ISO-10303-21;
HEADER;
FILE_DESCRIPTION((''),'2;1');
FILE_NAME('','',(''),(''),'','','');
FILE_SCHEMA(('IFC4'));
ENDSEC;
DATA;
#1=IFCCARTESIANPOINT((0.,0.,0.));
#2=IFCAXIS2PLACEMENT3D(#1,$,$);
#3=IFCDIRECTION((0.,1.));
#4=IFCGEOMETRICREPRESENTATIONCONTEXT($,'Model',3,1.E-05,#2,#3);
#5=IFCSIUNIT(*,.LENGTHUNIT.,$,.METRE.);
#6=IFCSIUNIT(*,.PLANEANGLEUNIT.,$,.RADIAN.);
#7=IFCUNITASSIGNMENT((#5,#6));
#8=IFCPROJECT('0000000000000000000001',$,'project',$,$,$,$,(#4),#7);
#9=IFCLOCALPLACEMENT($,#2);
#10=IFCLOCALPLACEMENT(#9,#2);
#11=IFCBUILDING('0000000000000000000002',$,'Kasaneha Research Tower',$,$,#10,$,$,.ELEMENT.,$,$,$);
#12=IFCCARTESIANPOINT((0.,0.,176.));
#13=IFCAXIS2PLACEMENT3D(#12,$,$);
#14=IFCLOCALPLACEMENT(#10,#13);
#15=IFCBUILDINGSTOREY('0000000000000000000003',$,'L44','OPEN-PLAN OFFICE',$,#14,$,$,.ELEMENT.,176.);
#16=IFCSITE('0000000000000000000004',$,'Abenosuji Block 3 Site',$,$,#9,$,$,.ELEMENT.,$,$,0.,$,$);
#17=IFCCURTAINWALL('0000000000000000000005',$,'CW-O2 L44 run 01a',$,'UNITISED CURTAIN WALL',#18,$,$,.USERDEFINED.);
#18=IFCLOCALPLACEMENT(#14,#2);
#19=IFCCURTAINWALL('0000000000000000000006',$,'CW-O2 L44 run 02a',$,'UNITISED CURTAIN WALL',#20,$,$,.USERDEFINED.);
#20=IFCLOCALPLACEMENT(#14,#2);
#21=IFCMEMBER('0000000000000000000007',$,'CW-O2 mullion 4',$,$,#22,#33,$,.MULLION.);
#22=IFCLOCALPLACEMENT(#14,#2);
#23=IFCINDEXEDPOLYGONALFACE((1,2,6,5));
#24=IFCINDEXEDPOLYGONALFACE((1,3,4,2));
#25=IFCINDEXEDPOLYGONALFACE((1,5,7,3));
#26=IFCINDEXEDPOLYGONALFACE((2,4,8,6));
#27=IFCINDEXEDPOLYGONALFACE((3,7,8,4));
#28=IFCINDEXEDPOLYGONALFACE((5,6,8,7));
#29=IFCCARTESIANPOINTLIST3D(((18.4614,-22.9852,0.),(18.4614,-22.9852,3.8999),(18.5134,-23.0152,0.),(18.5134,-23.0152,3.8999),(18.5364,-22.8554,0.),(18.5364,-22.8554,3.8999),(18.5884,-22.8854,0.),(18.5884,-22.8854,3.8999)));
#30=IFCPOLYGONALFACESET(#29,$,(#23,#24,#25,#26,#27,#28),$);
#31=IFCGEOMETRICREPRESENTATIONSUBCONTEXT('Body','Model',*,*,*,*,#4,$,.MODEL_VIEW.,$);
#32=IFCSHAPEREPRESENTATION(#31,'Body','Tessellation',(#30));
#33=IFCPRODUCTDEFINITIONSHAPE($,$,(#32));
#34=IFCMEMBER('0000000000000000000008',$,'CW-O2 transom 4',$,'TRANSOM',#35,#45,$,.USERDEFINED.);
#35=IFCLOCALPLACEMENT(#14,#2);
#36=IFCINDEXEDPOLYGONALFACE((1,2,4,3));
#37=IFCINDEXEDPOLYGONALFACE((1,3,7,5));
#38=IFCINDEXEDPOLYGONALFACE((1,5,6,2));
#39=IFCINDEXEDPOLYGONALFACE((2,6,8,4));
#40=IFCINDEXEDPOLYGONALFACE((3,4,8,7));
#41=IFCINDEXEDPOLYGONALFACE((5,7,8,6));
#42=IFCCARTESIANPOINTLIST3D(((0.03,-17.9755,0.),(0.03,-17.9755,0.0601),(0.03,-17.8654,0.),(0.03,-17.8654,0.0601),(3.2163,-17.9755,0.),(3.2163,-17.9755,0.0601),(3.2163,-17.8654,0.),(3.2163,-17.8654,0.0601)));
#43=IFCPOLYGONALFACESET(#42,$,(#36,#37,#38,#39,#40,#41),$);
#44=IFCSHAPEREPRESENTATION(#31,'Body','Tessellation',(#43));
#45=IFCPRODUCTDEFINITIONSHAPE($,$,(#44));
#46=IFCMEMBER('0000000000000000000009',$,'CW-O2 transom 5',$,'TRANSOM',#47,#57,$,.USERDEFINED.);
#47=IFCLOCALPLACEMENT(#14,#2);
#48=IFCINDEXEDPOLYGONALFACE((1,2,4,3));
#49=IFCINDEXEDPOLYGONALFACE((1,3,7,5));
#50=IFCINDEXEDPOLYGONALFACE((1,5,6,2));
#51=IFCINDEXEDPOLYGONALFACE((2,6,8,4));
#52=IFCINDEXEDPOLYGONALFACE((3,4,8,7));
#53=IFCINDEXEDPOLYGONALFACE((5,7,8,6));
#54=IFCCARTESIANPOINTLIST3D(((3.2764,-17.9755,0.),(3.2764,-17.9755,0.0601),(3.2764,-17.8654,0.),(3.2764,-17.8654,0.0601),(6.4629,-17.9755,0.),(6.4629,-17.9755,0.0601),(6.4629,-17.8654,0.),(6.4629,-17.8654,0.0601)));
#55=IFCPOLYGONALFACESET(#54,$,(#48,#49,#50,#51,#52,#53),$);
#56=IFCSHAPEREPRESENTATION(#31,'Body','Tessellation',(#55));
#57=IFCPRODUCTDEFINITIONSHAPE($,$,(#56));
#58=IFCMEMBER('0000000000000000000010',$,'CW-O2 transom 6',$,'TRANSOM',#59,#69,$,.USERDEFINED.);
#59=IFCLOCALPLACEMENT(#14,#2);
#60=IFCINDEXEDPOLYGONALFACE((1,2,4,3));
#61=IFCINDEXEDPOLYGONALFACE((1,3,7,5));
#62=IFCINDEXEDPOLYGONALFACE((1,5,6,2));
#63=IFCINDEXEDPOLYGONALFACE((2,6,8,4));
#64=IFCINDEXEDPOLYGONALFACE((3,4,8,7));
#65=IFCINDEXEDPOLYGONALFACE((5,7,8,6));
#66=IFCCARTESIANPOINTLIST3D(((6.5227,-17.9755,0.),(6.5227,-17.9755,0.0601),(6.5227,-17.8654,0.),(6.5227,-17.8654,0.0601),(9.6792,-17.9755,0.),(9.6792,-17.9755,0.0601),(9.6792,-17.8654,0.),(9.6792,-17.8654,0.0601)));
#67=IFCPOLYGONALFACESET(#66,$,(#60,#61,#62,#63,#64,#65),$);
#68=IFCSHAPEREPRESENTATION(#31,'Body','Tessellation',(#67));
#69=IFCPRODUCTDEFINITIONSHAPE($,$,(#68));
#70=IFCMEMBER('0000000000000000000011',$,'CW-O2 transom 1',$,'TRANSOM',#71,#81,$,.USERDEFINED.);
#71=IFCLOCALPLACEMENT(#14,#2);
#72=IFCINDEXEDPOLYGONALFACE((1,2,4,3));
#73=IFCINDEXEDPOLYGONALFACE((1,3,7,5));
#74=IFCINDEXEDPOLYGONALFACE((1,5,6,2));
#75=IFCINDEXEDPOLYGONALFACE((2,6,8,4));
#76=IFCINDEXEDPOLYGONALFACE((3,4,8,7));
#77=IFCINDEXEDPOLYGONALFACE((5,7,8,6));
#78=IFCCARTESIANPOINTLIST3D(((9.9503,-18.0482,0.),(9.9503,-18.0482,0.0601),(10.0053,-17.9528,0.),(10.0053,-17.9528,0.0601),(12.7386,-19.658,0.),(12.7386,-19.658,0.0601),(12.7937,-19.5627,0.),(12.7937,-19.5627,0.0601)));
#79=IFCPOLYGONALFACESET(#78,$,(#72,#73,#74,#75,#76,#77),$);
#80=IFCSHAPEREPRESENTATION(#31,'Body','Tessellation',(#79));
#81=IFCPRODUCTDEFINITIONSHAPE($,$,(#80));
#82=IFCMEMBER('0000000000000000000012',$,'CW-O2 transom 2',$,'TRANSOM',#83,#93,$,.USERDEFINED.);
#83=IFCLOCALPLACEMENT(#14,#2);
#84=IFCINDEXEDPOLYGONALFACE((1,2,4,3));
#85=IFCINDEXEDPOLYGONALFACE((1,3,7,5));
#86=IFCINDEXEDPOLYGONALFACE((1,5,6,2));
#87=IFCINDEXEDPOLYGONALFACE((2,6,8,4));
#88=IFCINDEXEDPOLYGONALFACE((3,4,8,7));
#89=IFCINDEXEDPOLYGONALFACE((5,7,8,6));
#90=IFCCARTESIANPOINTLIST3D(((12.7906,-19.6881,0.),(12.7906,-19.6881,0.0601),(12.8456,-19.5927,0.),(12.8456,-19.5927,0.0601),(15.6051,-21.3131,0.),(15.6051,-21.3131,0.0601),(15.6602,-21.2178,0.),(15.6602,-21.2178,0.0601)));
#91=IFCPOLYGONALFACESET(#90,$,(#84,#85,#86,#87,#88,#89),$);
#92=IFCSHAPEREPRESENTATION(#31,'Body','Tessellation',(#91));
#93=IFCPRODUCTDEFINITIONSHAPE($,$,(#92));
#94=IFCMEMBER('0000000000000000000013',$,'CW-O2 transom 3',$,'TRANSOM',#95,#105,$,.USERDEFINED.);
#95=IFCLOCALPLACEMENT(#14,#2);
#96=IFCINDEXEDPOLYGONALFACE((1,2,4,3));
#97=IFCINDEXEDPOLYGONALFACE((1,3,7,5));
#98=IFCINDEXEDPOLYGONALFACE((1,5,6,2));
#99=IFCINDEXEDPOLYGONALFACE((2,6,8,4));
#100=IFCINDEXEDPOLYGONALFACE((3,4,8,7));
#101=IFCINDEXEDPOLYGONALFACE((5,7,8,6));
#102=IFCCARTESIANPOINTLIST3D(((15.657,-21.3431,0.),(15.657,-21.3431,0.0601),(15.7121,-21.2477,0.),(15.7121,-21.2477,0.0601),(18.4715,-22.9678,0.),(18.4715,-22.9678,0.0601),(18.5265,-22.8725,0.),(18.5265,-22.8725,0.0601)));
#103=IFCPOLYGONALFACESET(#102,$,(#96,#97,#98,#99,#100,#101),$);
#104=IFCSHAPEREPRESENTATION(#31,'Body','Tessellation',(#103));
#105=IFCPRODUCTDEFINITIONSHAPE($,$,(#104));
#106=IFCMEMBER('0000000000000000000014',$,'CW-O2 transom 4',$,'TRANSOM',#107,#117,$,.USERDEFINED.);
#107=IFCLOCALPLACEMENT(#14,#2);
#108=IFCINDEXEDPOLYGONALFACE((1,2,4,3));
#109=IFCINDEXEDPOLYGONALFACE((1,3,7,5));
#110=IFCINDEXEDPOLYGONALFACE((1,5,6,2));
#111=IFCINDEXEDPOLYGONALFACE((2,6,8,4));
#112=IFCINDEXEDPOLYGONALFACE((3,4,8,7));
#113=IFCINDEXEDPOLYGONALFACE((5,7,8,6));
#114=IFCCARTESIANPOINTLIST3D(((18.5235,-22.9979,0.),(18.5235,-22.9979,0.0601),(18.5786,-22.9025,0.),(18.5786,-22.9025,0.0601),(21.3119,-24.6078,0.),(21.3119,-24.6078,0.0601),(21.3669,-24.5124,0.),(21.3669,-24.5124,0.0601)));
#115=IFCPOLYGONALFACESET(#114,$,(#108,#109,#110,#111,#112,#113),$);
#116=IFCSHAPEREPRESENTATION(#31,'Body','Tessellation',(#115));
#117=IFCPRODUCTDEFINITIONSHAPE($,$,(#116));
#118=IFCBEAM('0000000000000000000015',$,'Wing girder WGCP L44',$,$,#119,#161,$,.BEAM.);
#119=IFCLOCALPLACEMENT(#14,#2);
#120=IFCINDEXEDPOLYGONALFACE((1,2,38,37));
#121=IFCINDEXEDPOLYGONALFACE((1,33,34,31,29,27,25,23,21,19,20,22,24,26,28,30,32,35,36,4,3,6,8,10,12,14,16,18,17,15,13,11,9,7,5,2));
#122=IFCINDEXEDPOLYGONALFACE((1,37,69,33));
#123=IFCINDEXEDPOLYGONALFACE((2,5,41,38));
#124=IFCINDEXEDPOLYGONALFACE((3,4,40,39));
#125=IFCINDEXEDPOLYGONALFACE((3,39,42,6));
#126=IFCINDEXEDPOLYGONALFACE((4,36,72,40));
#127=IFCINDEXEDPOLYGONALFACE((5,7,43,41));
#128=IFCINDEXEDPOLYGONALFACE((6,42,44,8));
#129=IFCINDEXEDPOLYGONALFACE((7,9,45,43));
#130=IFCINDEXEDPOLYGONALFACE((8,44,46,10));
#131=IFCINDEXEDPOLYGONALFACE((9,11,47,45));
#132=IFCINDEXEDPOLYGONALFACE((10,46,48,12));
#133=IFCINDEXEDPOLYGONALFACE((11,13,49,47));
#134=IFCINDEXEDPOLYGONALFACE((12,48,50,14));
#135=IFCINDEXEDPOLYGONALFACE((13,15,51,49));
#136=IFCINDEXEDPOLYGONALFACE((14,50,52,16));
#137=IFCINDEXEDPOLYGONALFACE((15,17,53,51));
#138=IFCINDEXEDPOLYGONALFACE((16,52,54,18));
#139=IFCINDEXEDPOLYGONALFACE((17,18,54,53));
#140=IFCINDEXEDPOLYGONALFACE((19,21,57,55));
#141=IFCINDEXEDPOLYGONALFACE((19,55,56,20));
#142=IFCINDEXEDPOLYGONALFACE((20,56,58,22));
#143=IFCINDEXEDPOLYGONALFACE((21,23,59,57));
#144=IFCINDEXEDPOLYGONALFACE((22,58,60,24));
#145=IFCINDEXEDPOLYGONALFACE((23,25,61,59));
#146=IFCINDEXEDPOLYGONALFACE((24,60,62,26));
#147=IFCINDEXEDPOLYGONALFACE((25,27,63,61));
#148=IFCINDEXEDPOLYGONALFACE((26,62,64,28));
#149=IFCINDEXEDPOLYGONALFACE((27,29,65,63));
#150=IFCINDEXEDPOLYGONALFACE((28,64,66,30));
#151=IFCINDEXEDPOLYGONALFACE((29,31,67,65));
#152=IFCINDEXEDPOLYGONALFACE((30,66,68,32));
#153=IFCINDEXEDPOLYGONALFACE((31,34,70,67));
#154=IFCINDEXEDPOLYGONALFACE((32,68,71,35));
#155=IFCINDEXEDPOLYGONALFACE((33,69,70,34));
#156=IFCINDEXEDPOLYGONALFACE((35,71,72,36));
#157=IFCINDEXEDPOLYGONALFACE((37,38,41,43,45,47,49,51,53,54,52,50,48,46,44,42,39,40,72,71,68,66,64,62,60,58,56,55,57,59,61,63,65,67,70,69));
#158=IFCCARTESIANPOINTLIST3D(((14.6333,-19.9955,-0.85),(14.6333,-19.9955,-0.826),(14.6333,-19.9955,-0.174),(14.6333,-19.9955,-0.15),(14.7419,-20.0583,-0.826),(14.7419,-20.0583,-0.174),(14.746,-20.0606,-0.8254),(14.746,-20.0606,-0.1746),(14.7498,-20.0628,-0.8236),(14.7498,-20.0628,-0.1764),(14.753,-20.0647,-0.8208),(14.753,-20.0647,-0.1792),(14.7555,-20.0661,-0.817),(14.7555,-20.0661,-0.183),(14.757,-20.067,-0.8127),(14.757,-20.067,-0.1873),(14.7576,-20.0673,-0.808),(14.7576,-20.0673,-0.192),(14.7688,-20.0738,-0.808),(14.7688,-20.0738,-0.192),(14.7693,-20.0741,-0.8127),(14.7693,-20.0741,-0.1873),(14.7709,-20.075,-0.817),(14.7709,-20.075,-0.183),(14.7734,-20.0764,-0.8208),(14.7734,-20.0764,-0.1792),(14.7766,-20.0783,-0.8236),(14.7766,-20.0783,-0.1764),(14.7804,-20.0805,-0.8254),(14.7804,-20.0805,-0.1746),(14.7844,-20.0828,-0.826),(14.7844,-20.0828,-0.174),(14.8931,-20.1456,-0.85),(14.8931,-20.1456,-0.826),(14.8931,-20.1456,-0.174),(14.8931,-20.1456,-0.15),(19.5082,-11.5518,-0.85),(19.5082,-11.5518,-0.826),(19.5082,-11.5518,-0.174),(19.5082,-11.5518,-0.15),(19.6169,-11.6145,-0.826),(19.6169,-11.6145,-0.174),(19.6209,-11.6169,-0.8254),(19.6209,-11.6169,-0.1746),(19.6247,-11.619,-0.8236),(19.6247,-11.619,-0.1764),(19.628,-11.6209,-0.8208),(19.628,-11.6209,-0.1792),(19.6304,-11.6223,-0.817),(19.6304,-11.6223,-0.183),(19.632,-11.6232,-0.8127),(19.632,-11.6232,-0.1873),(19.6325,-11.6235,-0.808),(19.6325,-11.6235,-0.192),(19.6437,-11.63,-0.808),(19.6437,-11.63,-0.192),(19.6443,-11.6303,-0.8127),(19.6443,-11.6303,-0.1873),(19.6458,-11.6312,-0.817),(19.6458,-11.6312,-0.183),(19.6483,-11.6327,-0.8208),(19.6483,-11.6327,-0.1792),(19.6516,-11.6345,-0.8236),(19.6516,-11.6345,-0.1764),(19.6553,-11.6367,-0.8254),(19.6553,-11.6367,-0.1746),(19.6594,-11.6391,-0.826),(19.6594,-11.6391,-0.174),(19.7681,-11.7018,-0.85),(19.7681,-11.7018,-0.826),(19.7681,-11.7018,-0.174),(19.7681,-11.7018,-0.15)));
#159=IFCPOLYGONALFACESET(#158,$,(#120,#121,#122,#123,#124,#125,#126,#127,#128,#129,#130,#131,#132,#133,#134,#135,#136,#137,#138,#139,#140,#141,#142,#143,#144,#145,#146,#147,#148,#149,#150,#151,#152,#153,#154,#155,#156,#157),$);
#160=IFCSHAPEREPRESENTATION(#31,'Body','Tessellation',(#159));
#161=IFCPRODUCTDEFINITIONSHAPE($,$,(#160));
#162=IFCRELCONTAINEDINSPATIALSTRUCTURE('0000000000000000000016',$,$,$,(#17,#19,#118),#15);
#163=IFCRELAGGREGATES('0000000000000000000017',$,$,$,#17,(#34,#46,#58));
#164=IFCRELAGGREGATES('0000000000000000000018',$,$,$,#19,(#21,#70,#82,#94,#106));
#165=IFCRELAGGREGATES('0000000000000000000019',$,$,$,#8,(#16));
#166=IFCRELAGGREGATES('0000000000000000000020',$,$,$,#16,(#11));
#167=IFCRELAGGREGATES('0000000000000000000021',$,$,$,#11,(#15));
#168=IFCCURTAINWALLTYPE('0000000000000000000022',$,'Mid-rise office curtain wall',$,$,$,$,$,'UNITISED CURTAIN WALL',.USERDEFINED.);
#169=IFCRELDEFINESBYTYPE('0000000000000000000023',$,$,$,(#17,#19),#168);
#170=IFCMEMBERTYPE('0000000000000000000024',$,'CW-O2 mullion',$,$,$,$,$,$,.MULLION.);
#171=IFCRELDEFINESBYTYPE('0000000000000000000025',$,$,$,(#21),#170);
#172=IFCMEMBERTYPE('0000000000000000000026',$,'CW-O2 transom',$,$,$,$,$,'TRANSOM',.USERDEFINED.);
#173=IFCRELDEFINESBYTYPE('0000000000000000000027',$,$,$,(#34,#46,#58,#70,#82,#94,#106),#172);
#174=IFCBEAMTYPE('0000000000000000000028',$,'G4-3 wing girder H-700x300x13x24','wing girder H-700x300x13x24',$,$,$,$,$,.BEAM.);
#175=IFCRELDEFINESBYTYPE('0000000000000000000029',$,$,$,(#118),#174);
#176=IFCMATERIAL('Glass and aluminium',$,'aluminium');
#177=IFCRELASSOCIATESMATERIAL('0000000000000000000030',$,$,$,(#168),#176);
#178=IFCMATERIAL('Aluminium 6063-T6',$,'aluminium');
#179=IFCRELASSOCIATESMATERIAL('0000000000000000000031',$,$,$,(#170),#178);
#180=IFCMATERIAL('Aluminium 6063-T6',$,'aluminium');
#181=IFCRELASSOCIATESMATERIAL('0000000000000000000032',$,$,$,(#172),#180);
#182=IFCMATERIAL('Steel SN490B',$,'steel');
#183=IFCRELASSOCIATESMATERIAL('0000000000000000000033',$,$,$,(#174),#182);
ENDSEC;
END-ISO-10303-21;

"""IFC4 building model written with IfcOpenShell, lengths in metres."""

from ifc_helpers import new_model, si_unit, direction, frame, origin, origin_2d, place, context, subcontext, project, spatial, rectangle, i_section, extrude, material, material_profile, profile_set, type_object, element, aggregate, save


model = new_model("IFC4")

# Units and contexts
model_context = context("Model", 3, precision=1e-05, world=origin(), true_north=direction((0.0, 1.0)))
body_context = subcontext(model_context, "Body", "Model", "MODEL_VIEW")
ifc_project = project(units=[si_unit("LENGTHUNIT", "METRE"), si_unit("PLANEANGLEUNIT", "RADIAN")], contexts=[model_context])

# Site, building, storey
site_placement = place(None, origin())
site = spatial("IfcSite", under=ifc_project, at=site_placement, Name="Abenosuji Block 3 Site", CompositionType="ELEMENT", RefElevation=0.0)
building_placement = place(site_placement, origin())
building = spatial("IfcBuilding", under=site, at=building_placement, Name="Kasaneha Research Tower", CompositionType="ELEMENT")
storey_placement = place(building_placement, frame((0.0, 0.0, 176.0)))
storey = spatial("IfcBuildingStorey", under=building, at=storey_placement, Name="L44", Description="OPEN-PLAN OFFICE", CompositionType="ELEMENT", Elevation=176.0)

# Curtain walls, member
ifc_material_1 = material(Name="Glass and aluminium", Category="aluminium")
curtain_wall_type = type_object("IfcCurtainWallType", Name="Mid-rise office curtain wall", ElementType="UNITISED CURTAIN WALL", PredefinedType="USERDEFINED", material=ifc_material_1)
curtain_wall_1_placement = place(storey_placement, origin())
curtain_wall_1 = element("IfcCurtainWall", 1, at=curtain_wall_1_placement, inside=storey, type_object=curtain_wall_type, Name="CW-O2 L44 run 01a", ObjectType="UNITISED CURTAIN WALL", PredefinedType="USERDEFINED")
ifc_material_2 = material(Name="Aluminium 6063-T6", Category="aluminium")
ifc_material_profile_1 = material_profile(ifc_material_2, rectangle(XDim=0.0601, YDim=0.1499, at=origin_2d()), Name="CW-O2 mullion 60x150")
ifc_profile_set_1 = profile_set([ifc_material_profile_1], Name="Aluminium 6063-T6")
member_type_1 = type_object("IfcMemberType", Name="CW-O2 mullion", PredefinedType="MULLION", material=ifc_profile_set_1)
curtain_wall_2_placement = place(storey_placement, origin())
curtain_wall_2 = element("IfcCurtainWall", 2, at=curtain_wall_2_placement, inside=storey, type_object=curtain_wall_type, Name="CW-O2 L44 run 02a", ObjectType="UNITISED CURTAIN WALL", PredefinedType="USERDEFINED")
member_1_placement = place(storey_placement, frame((18.5249, -22.9353, 0.0), z_axis=(0.0, 0.0, 1.0), x_axis=(0.866025, -0.5, 0.0)))
member_1 = element("IfcMember", 3, at=member_1_placement, type_object=member_type_1, Name="CW-O2 mullion 4", PredefinedType="MULLION", context=body_context, shape_type="SweptSolid", body=[
    extrude(rectangle(XDim=0.0601, YDim=0.1499, at=origin_2d()), origin(), (0.0, 0.0, 1.0), 3.8999),
])

# Members
ifc_material_3 = material(Name="Aluminium 6063-T6", Category="aluminium")
ifc_material_profile_2 = material_profile(ifc_material_3, rectangle(XDim=0.1101, YDim=0.0601, at=origin_2d()), Name="CW-O2 transom 110x60")
ifc_profile_set_2 = profile_set([ifc_material_profile_2], Name="Aluminium 6063-T6")
member_type_2 = type_object("IfcMemberType", Name="CW-O2 transom", ElementType="TRANSOM", PredefinedType="USERDEFINED", material=ifc_profile_set_2)
member_2_placement = place(storey_placement, frame((0.03, -17.9204, 0.03), z_axis=(1.0, 0.0, 0.0), x_axis=(0.0, 1.0, 0.0)))
member_2 = element("IfcMember", 4, at=member_2_placement, type_object=member_type_2, Name="CW-O2 transom 4", ObjectType="TRANSOM", PredefinedType="USERDEFINED", context=body_context, shape_type="SweptSolid", body=[
    extrude(rectangle(XDim=0.1101, YDim=0.0601, at=origin_2d()), origin(), (0.0, 0.0, 1.0), 3.1863),
])
member_3_placement = place(storey_placement, frame((3.2764, -17.9204, 0.03), z_axis=(1.0, 0.0, 0.0), x_axis=(0.0, 1.0, 0.0)))
member_3 = element("IfcMember", 5, at=member_3_placement, type_object=member_type_2, Name="CW-O2 transom 5", ObjectType="TRANSOM", PredefinedType="USERDEFINED", context=body_context, shape_type="SweptSolid", body=[
    extrude(rectangle(XDim=0.1101, YDim=0.0601, at=origin_2d()), origin(), (0.0, 0.0, 1.0), 3.1865),
])
member_4_placement = place(storey_placement, frame((6.5227, -17.9204, 0.03), z_axis=(1.0, 0.0, 0.0), x_axis=(0.0, 1.0, 0.0)))
member_4 = element("IfcMember", 6, at=member_4_placement, type_object=member_type_2, Name="CW-O2 transom 6", ObjectType="TRANSOM", PredefinedType="USERDEFINED", context=body_context, shape_type="SweptSolid", body=[
    extrude(rectangle(XDim=0.1101, YDim=0.0601, at=origin_2d()), origin(), (0.0, 0.0, 1.0), 3.1565),
])
member_5_placement = place(storey_placement, frame((9.9778, -18.0005, 0.03), z_axis=(0.866023, -0.500005, 0.0), x_axis=(0.500005, 0.866023, 0.0)))
member_5 = element("IfcMember", 7, at=member_5_placement, type_object=member_type_2, Name="CW-O2 transom 1", ObjectType="TRANSOM", PredefinedType="USERDEFINED", context=body_context, shape_type="SweptSolid", body=[
    extrude(rectangle(XDim=0.1101, YDim=0.0601, at=origin_2d()), origin(), (0.0, 0.0, 1.0), 3.2197),
])
member_6_placement = place(storey_placement, frame((12.8181, -19.6404, 0.03), z_axis=(0.866015, -0.500017, 0.0), x_axis=(0.500017, 0.866015, 0.0)))
member_6 = element("IfcMember", 8, at=member_6_placement, type_object=member_type_2, Name="CW-O2 transom 2", ObjectType="TRANSOM", PredefinedType="USERDEFINED", context=body_context, shape_type="SweptSolid", body=[
    extrude(rectangle(XDim=0.1101, YDim=0.0601, at=origin_2d()), origin(), (0.0, 0.0, 1.0), 3.25),
])
member_7_placement = place(storey_placement, frame((15.6846, -21.2954, 0.03), z_axis=(0.866048, -0.499961, 0.0), x_axis=(0.499961, 0.866048, 0.0)))
member_7 = element("IfcMember", 9, at=member_7_placement, type_object=member_type_2, Name="CW-O2 transom 3", ObjectType="TRANSOM", PredefinedType="USERDEFINED", context=body_context, shape_type="SweptSolid", body=[
    extrude(rectangle(XDim=0.1101, YDim=0.0601, at=origin_2d()), origin(), (0.0, 0.0, 1.0), 3.2498),
])
member_8_placement = place(storey_placement, frame((18.551, -22.9502, 0.03), z_axis=(0.866023, -0.500005, 0.0), x_axis=(0.500005, 0.866023, 0.0)))
member_8 = element("IfcMember", 10, at=member_8_placement, type_object=member_type_2, Name="CW-O2 transom 4", ObjectType="TRANSOM", PredefinedType="USERDEFINED", context=body_context, shape_type="SweptSolid", body=[
    extrude(rectangle(XDim=0.1101, YDim=0.0601, at=origin_2d()), origin(), (0.0, 0.0, 1.0), 3.2197),
])

# Beam
ifc_material_4 = material(Name="Steel SN490B", Category="steel")
ifc_material_profile_3 = material_profile(ifc_material_4, i_section(OverallWidth=0.3, OverallDepth=0.7, WebThickness=0.0129, FlangeThickness=0.0239, FilletRadius=0.0181, at=origin_2d()), Name="H-700x300x13x24")
ifc_profile_set_3 = profile_set([ifc_material_profile_3], Name="Steel SN490B")
beam_type_1 = type_object("IfcBeamType", Name="G4-3 wing girder H-700x300x13x24", Description="wing girder H-700x300x13x24", PredefinedType="BEAM", material=ifc_profile_set_3)
beam_1_placement = place(storey_placement, frame((14.7632, -20.0706, -0.5), z_axis=(0.499996, 0.866028, 0.0), x_axis=(-0.866028, 0.499996, 0.0)))
element("IfcBeam", 11, at=beam_1_placement, inside=storey, type_object=beam_type_1, Name="Wing girder WGCP L44", PredefinedType="BEAM", context=body_context, shape_type="SweptSolid", body=[
    extrude(i_section(OverallWidth=0.3, OverallDepth=0.7, WebThickness=0.0129, FlangeThickness=0.0239, FilletRadius=0.0181, at=origin_2d()), origin(), (0.0, 0.0, 1.0), 9.75),
])

aggregate(curtain_wall_1, [member_2, member_3, member_4])
aggregate(curtain_wall_2, [member_1, member_5, member_6, member_7, member_8])

save(model, "model.ifc")
